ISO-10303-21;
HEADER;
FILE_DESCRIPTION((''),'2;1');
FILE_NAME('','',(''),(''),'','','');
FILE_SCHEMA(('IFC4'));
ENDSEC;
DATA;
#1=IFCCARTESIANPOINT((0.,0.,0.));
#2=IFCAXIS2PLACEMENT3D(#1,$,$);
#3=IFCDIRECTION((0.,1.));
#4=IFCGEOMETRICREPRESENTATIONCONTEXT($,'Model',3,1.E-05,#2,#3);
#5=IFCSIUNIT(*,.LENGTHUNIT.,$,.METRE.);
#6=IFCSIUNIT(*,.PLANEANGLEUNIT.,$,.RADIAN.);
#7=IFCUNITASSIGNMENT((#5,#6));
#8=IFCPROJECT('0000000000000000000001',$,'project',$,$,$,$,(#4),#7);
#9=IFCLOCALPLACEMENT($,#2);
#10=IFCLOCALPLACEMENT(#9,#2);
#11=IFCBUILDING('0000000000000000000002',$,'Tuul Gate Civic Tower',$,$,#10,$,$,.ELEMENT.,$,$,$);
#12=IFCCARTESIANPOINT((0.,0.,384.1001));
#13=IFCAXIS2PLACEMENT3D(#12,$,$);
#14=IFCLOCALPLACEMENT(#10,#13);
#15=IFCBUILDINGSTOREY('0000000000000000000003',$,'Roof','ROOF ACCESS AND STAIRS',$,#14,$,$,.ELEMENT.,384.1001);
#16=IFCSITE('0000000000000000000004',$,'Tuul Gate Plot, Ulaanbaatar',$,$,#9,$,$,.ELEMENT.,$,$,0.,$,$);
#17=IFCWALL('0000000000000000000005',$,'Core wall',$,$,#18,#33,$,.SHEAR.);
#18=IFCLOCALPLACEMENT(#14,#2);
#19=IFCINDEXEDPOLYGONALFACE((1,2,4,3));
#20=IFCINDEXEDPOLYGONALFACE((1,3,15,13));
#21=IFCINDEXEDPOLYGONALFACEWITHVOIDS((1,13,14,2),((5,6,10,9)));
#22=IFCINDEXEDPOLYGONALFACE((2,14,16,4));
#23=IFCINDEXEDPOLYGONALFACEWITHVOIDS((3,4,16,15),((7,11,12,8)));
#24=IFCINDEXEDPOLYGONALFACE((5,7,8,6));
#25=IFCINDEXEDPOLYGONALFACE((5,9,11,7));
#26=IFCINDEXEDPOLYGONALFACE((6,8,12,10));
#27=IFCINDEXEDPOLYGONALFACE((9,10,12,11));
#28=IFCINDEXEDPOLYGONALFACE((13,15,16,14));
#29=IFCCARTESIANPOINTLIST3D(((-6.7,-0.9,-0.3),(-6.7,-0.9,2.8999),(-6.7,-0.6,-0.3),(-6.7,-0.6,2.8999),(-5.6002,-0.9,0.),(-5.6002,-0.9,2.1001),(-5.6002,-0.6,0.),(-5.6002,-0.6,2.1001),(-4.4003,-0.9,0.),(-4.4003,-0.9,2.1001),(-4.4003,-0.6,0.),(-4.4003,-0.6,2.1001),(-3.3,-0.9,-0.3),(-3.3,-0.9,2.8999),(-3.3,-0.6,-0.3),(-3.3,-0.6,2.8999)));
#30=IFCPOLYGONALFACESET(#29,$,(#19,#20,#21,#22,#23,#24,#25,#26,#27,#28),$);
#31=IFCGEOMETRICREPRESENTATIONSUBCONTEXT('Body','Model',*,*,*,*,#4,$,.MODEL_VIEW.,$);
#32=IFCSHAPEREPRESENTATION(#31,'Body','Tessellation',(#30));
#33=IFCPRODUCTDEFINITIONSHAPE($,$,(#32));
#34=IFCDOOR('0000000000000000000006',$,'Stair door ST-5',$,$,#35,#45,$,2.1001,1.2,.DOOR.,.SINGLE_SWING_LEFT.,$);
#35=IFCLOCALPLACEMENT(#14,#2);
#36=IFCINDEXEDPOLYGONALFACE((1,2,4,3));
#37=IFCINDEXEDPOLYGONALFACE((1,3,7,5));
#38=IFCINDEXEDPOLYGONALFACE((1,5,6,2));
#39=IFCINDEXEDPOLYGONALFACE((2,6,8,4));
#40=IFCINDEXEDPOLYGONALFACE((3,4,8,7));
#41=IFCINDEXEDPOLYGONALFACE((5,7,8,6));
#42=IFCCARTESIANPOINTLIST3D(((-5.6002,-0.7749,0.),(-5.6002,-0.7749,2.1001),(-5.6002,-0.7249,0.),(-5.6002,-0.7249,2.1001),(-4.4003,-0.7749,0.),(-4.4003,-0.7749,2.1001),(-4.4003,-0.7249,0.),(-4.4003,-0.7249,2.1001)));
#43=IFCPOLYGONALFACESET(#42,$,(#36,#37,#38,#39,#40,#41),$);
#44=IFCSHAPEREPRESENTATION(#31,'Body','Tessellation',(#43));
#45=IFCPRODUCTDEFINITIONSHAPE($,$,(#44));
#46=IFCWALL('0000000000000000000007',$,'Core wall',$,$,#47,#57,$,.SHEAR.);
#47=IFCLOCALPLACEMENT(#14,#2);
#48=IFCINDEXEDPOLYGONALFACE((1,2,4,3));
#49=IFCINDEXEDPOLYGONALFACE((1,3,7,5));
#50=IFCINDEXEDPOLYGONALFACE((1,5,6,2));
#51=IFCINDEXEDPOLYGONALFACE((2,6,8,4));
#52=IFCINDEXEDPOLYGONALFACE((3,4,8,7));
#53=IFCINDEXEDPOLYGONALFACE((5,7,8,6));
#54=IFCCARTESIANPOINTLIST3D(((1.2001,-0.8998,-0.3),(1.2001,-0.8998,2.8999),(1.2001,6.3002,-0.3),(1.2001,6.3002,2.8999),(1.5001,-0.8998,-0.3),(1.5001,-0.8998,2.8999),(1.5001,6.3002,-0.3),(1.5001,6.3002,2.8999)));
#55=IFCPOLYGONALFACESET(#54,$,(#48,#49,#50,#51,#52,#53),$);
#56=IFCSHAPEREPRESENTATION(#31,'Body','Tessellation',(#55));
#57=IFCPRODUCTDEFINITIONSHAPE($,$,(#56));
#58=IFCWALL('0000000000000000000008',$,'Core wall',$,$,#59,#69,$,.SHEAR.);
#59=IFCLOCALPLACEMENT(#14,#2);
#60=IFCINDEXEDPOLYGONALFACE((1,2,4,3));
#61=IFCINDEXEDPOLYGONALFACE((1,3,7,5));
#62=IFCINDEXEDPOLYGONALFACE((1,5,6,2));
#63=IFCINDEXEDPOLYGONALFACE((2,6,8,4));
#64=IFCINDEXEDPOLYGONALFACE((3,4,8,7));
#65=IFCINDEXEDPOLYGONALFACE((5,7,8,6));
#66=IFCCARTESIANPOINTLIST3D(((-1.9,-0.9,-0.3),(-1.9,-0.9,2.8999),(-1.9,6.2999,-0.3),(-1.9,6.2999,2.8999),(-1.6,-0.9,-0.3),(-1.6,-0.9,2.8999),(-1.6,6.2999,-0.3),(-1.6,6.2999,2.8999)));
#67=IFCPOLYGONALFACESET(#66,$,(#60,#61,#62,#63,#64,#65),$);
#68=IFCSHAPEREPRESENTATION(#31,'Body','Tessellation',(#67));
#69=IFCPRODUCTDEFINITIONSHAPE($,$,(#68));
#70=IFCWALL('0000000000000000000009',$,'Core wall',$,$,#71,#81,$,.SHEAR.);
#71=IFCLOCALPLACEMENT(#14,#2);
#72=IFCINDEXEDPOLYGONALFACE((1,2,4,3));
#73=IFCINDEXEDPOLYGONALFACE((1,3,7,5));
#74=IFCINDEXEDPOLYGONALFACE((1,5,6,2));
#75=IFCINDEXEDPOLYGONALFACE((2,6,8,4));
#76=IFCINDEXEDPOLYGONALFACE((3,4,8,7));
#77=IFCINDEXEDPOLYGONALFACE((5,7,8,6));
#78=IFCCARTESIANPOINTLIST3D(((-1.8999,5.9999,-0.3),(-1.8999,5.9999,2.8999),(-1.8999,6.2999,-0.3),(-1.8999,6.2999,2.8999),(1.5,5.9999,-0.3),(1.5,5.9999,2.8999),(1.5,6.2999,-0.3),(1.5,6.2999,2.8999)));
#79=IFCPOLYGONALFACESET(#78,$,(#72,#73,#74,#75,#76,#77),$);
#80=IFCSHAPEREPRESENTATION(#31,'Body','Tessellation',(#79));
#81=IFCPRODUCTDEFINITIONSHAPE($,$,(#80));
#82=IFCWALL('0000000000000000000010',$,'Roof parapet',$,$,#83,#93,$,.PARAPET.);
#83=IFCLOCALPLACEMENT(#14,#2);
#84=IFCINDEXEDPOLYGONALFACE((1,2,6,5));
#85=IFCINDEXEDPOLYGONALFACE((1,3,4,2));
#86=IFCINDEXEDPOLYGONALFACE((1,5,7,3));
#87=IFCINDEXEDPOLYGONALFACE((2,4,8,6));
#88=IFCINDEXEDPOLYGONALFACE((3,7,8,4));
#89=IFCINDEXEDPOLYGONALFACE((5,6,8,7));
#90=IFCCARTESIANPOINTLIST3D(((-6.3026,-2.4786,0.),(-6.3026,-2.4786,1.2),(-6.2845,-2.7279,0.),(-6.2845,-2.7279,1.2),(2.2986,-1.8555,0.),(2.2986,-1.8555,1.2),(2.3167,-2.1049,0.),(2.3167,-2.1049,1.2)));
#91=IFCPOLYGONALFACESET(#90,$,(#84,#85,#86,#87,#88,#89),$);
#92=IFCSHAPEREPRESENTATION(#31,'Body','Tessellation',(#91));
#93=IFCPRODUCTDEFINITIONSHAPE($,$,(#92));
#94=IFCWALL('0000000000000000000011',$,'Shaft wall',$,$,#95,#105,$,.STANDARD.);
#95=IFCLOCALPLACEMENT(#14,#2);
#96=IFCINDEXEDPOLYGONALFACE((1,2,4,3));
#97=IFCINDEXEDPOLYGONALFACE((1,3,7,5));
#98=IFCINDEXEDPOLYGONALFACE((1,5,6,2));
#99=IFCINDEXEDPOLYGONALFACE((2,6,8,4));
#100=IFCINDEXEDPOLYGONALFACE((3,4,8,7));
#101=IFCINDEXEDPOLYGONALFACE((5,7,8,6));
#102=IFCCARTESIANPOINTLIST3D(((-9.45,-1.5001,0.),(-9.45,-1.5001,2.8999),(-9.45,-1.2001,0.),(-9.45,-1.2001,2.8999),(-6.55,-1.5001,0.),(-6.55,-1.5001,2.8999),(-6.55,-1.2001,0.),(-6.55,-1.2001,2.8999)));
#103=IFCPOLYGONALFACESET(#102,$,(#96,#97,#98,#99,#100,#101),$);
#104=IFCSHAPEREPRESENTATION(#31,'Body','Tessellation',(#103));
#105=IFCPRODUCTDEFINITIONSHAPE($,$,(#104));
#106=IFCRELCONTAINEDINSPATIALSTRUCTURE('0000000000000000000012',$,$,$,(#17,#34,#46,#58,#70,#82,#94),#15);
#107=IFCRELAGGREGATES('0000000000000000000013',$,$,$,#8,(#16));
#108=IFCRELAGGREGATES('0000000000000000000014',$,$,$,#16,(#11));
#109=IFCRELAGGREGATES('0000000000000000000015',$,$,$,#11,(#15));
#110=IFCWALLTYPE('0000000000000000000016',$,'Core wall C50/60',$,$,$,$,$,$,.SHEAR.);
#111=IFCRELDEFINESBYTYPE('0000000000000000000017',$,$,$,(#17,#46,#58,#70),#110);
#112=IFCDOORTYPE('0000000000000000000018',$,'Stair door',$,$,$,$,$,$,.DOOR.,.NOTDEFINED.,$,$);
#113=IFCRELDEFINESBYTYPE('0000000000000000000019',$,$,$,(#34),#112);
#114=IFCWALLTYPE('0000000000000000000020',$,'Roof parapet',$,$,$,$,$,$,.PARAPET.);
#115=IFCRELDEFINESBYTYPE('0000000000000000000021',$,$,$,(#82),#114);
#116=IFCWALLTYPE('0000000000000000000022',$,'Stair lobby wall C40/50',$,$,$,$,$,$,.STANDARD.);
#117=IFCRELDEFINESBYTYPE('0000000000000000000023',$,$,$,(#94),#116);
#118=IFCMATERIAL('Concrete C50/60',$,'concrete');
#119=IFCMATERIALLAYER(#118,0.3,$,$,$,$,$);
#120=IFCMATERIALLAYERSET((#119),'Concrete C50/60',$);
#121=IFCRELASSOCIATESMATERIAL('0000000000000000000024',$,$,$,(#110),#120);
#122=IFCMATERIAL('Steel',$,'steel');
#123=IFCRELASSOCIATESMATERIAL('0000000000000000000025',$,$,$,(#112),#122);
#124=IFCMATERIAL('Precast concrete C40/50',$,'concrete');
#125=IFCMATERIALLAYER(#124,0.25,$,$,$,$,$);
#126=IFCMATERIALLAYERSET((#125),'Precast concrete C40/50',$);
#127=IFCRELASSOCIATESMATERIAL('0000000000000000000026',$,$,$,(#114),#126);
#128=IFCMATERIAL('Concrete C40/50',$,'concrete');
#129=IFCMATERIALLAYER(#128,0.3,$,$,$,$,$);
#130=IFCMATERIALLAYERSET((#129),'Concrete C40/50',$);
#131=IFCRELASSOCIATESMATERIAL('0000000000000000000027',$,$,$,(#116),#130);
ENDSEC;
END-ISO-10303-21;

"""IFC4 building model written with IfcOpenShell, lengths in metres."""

from ifc_helpers import new_model, si_unit, direction, frame, frame_2d, origin, place, context, subcontext, project, spatial, rectangle, extrude, material, layer, layer_set, type_object, element, fill, save


model = new_model("IFC4")

# Units and contexts
model_context = context("Model", 3, precision=1e-05, world=origin(), true_north=direction((0.0, 1.0)))
body_context = subcontext(model_context, "Body", "Model", "MODEL_VIEW")
ifc_project = project(units=[si_unit("LENGTHUNIT", "METRE"), si_unit("PLANEANGLEUNIT", "RADIAN")], contexts=[model_context])

# Site, building, storey
site_placement = place(None, origin())
site = spatial("IfcSite", under=ifc_project, at=site_placement, Name="Tuul Gate Plot, Ulaanbaatar", CompositionType="ELEMENT", RefElevation=0.0)
building_placement = place(site_placement, origin())
building = spatial("IfcBuilding", under=site, at=building_placement, Name="Tuul Gate Civic Tower", CompositionType="ELEMENT")
storey_placement = place(building_placement, frame((0.0, 0.0, 384.1001)))
storey = spatial("IfcBuildingStorey", under=building, at=storey_placement, Name="Roof", Description="ROOF ACCESS AND STAIRS", CompositionType="ELEMENT", Elevation=384.1001)

# Shared definitions
ifc_material_1 = material(Name="Concrete C50/60", Category="concrete")
ifc_layer_1 = layer(ifc_material_1, 0.3)
ifc_layer_set_1 = layer_set([ifc_layer_1], Name="Concrete C50/60")
wall_type_1 = type_object("IfcWallType", Name="Core wall C50/60", PredefinedType="SHEAR", material=ifc_layer_set_1)

# Shared definitions
ifc_material_2 = material(Name="Steel", Category="steel")
door_type = type_object("IfcDoorType", Name="Stair door", OperationType="NOTDEFINED", PredefinedType="DOOR", material=ifc_material_2)

# Wall, opening, door
wall_1_placement = place(storey_placement, frame((-3.3, -0.75, -0.3), z_axis=(0.0, 0.0, 1.0), x_axis=(-1.0, 0.0, 0.0)))
wall_1 = element("IfcWall", 1, at=wall_1_placement, inside=storey, type_object=wall_type_1, Name="Core wall", PredefinedType="SHEAR", context=body_context, shape_type="SweptSolid", body=[
    extrude(rectangle(XDim=3.3999, YDim=0.3, at=frame_2d((1.7, 0.0))), origin(), (0.0, 0.0, 1.0), 3.2),
])
opening_1_placement = place(wall_1_placement, frame((1.1001, 0.0, 0.3)))
opening_1 = element("IfcOpeningElement", 2, at=opening_1_placement, cuts=wall_1, PredefinedType="OPENING", context=body_context, shape_type="SweptSolid", body=[
    extrude(rectangle(XDim=1.2, YDim=2.1001, at=frame_2d((0.6001, 1.05))), frame((0.0, 0.1602, 0.0), z_axis=(0.0, -1.0, 0.0), x_axis=(1.0, 0.0, 0.0)), (0.0, 0.0, 1.0), 0.3201),
])
door_1_placement = place(opening_1_placement, origin())
door_1 = element("IfcDoor", 3, at=door_1_placement, inside=storey, type_object=door_type, Name="Stair door ST-5", OperationType="SINGLE_SWING_LEFT", OverallHeight=2.1001, OverallWidth=1.2, PredefinedType="DOOR", context=body_context, shape_type="SweptSolid", body=[
    extrude(rectangle(XDim=1.2, YDim=2.1001, at=frame_2d((0.6001, 1.05))), frame((0.0, 0.0249, 0.0), z_axis=(0.0, -1.0, 0.0), x_axis=(1.0, 0.0, 0.0)), (0.0, 0.0, 1.0), 0.05),
])
fill(opening_1, door_1)

# Walls
for number, where, z_axis, x_axis, name in (
    (4, (1.3501, -0.8999, -0.3), (0.0, 0.0, 1.0), (0.0, 1.0, 0.0), "Core wall"),
    (5, (-1.75, 6.3, -0.3), (0.0, 0.0, 1.0), (0.0, -1.0, 0.0), "Core wall"),
):
    element("IfcWall", number, at=place(storey_placement, frame(where, z_axis=z_axis, x_axis=x_axis)), inside=storey, type_object=wall_type_1, Name=name, PredefinedType="SHEAR", context=body_context, shape_type="SweptSolid", body=[
        extrude(rectangle(XDim=7.2, YDim=0.3, at=frame_2d((3.6001, 0.0))), origin(), (0.0, 0.0, 1.0), 3.2),
    ])
wall_2_placement = place(storey_placement, frame((1.5, 6.1499, -0.3), z_axis=(0.0, 0.0, 1.0), x_axis=(-1.0, 0.0, 0.0)))
element("IfcWall", 6, at=wall_2_placement, inside=storey, type_object=wall_type_1, Name="Core wall", PredefinedType="SHEAR", context=body_context, shape_type="SweptSolid", body=[
    extrude(rectangle(XDim=3.3999, YDim=0.3, at=frame_2d((1.7, 0.0))), origin(), (0.0, 0.0, 1.0), 3.2),
])
ifc_material_3 = material(Name="Precast concrete C40/50", Category="concrete")
ifc_layer_2 = layer(ifc_material_3, 0.25)
ifc_layer_set_2 = layer_set([ifc_layer_2], Name="Precast concrete C40/50")
wall_type_2 = type_object("IfcWallType", Name="Roof parapet", PredefinedType="PARAPET", material=ifc_layer_set_2)
wall_3_placement = place(storey_placement, frame((-6.2937, -2.6033, 0.0), z_axis=(0.0, 0.0, 1.0), x_axis=(0.997387, 0.072247, 0.0)))
element("IfcWall", 7, at=wall_3_placement, inside=storey, type_object=wall_type_2, Name="Roof parapet", PredefinedType="PARAPET", context=body_context, shape_type="SweptSolid", body=[
    extrude(rectangle(XDim=8.6238, YDim=0.25, at=frame_2d((4.312, 0.0))), origin(), (0.0, 0.0, 1.0), 1.2),
])
ifc_material_4 = material(Name="Concrete C40/50", Category="concrete")
ifc_layer_3 = layer(ifc_material_4, 0.3)
ifc_layer_set_3 = layer_set([ifc_layer_3], Name="Concrete C40/50")
wall_type_3 = type_object("IfcWallType", Name="Stair lobby wall C40/50", PredefinedType="STANDARD", material=ifc_layer_set_3)
wall_4_placement = place(storey_placement, frame((-6.55, -1.3501, 0.0), z_axis=(0.0, 0.0, 1.0), x_axis=(-1.0, 0.0, 0.0)))
element("IfcWall", 8, at=wall_4_placement, inside=storey, type_object=wall_type_3, Name="Shaft wall", PredefinedType="STANDARD", context=body_context, shape_type="SweptSolid", body=[
    extrude(rectangle(XDim=2.8999, YDim=0.3, at=frame_2d((1.45, 0.0))), origin(), (0.0, 0.0, 1.0), 2.8999),
])

save(model, "model.ifc")
